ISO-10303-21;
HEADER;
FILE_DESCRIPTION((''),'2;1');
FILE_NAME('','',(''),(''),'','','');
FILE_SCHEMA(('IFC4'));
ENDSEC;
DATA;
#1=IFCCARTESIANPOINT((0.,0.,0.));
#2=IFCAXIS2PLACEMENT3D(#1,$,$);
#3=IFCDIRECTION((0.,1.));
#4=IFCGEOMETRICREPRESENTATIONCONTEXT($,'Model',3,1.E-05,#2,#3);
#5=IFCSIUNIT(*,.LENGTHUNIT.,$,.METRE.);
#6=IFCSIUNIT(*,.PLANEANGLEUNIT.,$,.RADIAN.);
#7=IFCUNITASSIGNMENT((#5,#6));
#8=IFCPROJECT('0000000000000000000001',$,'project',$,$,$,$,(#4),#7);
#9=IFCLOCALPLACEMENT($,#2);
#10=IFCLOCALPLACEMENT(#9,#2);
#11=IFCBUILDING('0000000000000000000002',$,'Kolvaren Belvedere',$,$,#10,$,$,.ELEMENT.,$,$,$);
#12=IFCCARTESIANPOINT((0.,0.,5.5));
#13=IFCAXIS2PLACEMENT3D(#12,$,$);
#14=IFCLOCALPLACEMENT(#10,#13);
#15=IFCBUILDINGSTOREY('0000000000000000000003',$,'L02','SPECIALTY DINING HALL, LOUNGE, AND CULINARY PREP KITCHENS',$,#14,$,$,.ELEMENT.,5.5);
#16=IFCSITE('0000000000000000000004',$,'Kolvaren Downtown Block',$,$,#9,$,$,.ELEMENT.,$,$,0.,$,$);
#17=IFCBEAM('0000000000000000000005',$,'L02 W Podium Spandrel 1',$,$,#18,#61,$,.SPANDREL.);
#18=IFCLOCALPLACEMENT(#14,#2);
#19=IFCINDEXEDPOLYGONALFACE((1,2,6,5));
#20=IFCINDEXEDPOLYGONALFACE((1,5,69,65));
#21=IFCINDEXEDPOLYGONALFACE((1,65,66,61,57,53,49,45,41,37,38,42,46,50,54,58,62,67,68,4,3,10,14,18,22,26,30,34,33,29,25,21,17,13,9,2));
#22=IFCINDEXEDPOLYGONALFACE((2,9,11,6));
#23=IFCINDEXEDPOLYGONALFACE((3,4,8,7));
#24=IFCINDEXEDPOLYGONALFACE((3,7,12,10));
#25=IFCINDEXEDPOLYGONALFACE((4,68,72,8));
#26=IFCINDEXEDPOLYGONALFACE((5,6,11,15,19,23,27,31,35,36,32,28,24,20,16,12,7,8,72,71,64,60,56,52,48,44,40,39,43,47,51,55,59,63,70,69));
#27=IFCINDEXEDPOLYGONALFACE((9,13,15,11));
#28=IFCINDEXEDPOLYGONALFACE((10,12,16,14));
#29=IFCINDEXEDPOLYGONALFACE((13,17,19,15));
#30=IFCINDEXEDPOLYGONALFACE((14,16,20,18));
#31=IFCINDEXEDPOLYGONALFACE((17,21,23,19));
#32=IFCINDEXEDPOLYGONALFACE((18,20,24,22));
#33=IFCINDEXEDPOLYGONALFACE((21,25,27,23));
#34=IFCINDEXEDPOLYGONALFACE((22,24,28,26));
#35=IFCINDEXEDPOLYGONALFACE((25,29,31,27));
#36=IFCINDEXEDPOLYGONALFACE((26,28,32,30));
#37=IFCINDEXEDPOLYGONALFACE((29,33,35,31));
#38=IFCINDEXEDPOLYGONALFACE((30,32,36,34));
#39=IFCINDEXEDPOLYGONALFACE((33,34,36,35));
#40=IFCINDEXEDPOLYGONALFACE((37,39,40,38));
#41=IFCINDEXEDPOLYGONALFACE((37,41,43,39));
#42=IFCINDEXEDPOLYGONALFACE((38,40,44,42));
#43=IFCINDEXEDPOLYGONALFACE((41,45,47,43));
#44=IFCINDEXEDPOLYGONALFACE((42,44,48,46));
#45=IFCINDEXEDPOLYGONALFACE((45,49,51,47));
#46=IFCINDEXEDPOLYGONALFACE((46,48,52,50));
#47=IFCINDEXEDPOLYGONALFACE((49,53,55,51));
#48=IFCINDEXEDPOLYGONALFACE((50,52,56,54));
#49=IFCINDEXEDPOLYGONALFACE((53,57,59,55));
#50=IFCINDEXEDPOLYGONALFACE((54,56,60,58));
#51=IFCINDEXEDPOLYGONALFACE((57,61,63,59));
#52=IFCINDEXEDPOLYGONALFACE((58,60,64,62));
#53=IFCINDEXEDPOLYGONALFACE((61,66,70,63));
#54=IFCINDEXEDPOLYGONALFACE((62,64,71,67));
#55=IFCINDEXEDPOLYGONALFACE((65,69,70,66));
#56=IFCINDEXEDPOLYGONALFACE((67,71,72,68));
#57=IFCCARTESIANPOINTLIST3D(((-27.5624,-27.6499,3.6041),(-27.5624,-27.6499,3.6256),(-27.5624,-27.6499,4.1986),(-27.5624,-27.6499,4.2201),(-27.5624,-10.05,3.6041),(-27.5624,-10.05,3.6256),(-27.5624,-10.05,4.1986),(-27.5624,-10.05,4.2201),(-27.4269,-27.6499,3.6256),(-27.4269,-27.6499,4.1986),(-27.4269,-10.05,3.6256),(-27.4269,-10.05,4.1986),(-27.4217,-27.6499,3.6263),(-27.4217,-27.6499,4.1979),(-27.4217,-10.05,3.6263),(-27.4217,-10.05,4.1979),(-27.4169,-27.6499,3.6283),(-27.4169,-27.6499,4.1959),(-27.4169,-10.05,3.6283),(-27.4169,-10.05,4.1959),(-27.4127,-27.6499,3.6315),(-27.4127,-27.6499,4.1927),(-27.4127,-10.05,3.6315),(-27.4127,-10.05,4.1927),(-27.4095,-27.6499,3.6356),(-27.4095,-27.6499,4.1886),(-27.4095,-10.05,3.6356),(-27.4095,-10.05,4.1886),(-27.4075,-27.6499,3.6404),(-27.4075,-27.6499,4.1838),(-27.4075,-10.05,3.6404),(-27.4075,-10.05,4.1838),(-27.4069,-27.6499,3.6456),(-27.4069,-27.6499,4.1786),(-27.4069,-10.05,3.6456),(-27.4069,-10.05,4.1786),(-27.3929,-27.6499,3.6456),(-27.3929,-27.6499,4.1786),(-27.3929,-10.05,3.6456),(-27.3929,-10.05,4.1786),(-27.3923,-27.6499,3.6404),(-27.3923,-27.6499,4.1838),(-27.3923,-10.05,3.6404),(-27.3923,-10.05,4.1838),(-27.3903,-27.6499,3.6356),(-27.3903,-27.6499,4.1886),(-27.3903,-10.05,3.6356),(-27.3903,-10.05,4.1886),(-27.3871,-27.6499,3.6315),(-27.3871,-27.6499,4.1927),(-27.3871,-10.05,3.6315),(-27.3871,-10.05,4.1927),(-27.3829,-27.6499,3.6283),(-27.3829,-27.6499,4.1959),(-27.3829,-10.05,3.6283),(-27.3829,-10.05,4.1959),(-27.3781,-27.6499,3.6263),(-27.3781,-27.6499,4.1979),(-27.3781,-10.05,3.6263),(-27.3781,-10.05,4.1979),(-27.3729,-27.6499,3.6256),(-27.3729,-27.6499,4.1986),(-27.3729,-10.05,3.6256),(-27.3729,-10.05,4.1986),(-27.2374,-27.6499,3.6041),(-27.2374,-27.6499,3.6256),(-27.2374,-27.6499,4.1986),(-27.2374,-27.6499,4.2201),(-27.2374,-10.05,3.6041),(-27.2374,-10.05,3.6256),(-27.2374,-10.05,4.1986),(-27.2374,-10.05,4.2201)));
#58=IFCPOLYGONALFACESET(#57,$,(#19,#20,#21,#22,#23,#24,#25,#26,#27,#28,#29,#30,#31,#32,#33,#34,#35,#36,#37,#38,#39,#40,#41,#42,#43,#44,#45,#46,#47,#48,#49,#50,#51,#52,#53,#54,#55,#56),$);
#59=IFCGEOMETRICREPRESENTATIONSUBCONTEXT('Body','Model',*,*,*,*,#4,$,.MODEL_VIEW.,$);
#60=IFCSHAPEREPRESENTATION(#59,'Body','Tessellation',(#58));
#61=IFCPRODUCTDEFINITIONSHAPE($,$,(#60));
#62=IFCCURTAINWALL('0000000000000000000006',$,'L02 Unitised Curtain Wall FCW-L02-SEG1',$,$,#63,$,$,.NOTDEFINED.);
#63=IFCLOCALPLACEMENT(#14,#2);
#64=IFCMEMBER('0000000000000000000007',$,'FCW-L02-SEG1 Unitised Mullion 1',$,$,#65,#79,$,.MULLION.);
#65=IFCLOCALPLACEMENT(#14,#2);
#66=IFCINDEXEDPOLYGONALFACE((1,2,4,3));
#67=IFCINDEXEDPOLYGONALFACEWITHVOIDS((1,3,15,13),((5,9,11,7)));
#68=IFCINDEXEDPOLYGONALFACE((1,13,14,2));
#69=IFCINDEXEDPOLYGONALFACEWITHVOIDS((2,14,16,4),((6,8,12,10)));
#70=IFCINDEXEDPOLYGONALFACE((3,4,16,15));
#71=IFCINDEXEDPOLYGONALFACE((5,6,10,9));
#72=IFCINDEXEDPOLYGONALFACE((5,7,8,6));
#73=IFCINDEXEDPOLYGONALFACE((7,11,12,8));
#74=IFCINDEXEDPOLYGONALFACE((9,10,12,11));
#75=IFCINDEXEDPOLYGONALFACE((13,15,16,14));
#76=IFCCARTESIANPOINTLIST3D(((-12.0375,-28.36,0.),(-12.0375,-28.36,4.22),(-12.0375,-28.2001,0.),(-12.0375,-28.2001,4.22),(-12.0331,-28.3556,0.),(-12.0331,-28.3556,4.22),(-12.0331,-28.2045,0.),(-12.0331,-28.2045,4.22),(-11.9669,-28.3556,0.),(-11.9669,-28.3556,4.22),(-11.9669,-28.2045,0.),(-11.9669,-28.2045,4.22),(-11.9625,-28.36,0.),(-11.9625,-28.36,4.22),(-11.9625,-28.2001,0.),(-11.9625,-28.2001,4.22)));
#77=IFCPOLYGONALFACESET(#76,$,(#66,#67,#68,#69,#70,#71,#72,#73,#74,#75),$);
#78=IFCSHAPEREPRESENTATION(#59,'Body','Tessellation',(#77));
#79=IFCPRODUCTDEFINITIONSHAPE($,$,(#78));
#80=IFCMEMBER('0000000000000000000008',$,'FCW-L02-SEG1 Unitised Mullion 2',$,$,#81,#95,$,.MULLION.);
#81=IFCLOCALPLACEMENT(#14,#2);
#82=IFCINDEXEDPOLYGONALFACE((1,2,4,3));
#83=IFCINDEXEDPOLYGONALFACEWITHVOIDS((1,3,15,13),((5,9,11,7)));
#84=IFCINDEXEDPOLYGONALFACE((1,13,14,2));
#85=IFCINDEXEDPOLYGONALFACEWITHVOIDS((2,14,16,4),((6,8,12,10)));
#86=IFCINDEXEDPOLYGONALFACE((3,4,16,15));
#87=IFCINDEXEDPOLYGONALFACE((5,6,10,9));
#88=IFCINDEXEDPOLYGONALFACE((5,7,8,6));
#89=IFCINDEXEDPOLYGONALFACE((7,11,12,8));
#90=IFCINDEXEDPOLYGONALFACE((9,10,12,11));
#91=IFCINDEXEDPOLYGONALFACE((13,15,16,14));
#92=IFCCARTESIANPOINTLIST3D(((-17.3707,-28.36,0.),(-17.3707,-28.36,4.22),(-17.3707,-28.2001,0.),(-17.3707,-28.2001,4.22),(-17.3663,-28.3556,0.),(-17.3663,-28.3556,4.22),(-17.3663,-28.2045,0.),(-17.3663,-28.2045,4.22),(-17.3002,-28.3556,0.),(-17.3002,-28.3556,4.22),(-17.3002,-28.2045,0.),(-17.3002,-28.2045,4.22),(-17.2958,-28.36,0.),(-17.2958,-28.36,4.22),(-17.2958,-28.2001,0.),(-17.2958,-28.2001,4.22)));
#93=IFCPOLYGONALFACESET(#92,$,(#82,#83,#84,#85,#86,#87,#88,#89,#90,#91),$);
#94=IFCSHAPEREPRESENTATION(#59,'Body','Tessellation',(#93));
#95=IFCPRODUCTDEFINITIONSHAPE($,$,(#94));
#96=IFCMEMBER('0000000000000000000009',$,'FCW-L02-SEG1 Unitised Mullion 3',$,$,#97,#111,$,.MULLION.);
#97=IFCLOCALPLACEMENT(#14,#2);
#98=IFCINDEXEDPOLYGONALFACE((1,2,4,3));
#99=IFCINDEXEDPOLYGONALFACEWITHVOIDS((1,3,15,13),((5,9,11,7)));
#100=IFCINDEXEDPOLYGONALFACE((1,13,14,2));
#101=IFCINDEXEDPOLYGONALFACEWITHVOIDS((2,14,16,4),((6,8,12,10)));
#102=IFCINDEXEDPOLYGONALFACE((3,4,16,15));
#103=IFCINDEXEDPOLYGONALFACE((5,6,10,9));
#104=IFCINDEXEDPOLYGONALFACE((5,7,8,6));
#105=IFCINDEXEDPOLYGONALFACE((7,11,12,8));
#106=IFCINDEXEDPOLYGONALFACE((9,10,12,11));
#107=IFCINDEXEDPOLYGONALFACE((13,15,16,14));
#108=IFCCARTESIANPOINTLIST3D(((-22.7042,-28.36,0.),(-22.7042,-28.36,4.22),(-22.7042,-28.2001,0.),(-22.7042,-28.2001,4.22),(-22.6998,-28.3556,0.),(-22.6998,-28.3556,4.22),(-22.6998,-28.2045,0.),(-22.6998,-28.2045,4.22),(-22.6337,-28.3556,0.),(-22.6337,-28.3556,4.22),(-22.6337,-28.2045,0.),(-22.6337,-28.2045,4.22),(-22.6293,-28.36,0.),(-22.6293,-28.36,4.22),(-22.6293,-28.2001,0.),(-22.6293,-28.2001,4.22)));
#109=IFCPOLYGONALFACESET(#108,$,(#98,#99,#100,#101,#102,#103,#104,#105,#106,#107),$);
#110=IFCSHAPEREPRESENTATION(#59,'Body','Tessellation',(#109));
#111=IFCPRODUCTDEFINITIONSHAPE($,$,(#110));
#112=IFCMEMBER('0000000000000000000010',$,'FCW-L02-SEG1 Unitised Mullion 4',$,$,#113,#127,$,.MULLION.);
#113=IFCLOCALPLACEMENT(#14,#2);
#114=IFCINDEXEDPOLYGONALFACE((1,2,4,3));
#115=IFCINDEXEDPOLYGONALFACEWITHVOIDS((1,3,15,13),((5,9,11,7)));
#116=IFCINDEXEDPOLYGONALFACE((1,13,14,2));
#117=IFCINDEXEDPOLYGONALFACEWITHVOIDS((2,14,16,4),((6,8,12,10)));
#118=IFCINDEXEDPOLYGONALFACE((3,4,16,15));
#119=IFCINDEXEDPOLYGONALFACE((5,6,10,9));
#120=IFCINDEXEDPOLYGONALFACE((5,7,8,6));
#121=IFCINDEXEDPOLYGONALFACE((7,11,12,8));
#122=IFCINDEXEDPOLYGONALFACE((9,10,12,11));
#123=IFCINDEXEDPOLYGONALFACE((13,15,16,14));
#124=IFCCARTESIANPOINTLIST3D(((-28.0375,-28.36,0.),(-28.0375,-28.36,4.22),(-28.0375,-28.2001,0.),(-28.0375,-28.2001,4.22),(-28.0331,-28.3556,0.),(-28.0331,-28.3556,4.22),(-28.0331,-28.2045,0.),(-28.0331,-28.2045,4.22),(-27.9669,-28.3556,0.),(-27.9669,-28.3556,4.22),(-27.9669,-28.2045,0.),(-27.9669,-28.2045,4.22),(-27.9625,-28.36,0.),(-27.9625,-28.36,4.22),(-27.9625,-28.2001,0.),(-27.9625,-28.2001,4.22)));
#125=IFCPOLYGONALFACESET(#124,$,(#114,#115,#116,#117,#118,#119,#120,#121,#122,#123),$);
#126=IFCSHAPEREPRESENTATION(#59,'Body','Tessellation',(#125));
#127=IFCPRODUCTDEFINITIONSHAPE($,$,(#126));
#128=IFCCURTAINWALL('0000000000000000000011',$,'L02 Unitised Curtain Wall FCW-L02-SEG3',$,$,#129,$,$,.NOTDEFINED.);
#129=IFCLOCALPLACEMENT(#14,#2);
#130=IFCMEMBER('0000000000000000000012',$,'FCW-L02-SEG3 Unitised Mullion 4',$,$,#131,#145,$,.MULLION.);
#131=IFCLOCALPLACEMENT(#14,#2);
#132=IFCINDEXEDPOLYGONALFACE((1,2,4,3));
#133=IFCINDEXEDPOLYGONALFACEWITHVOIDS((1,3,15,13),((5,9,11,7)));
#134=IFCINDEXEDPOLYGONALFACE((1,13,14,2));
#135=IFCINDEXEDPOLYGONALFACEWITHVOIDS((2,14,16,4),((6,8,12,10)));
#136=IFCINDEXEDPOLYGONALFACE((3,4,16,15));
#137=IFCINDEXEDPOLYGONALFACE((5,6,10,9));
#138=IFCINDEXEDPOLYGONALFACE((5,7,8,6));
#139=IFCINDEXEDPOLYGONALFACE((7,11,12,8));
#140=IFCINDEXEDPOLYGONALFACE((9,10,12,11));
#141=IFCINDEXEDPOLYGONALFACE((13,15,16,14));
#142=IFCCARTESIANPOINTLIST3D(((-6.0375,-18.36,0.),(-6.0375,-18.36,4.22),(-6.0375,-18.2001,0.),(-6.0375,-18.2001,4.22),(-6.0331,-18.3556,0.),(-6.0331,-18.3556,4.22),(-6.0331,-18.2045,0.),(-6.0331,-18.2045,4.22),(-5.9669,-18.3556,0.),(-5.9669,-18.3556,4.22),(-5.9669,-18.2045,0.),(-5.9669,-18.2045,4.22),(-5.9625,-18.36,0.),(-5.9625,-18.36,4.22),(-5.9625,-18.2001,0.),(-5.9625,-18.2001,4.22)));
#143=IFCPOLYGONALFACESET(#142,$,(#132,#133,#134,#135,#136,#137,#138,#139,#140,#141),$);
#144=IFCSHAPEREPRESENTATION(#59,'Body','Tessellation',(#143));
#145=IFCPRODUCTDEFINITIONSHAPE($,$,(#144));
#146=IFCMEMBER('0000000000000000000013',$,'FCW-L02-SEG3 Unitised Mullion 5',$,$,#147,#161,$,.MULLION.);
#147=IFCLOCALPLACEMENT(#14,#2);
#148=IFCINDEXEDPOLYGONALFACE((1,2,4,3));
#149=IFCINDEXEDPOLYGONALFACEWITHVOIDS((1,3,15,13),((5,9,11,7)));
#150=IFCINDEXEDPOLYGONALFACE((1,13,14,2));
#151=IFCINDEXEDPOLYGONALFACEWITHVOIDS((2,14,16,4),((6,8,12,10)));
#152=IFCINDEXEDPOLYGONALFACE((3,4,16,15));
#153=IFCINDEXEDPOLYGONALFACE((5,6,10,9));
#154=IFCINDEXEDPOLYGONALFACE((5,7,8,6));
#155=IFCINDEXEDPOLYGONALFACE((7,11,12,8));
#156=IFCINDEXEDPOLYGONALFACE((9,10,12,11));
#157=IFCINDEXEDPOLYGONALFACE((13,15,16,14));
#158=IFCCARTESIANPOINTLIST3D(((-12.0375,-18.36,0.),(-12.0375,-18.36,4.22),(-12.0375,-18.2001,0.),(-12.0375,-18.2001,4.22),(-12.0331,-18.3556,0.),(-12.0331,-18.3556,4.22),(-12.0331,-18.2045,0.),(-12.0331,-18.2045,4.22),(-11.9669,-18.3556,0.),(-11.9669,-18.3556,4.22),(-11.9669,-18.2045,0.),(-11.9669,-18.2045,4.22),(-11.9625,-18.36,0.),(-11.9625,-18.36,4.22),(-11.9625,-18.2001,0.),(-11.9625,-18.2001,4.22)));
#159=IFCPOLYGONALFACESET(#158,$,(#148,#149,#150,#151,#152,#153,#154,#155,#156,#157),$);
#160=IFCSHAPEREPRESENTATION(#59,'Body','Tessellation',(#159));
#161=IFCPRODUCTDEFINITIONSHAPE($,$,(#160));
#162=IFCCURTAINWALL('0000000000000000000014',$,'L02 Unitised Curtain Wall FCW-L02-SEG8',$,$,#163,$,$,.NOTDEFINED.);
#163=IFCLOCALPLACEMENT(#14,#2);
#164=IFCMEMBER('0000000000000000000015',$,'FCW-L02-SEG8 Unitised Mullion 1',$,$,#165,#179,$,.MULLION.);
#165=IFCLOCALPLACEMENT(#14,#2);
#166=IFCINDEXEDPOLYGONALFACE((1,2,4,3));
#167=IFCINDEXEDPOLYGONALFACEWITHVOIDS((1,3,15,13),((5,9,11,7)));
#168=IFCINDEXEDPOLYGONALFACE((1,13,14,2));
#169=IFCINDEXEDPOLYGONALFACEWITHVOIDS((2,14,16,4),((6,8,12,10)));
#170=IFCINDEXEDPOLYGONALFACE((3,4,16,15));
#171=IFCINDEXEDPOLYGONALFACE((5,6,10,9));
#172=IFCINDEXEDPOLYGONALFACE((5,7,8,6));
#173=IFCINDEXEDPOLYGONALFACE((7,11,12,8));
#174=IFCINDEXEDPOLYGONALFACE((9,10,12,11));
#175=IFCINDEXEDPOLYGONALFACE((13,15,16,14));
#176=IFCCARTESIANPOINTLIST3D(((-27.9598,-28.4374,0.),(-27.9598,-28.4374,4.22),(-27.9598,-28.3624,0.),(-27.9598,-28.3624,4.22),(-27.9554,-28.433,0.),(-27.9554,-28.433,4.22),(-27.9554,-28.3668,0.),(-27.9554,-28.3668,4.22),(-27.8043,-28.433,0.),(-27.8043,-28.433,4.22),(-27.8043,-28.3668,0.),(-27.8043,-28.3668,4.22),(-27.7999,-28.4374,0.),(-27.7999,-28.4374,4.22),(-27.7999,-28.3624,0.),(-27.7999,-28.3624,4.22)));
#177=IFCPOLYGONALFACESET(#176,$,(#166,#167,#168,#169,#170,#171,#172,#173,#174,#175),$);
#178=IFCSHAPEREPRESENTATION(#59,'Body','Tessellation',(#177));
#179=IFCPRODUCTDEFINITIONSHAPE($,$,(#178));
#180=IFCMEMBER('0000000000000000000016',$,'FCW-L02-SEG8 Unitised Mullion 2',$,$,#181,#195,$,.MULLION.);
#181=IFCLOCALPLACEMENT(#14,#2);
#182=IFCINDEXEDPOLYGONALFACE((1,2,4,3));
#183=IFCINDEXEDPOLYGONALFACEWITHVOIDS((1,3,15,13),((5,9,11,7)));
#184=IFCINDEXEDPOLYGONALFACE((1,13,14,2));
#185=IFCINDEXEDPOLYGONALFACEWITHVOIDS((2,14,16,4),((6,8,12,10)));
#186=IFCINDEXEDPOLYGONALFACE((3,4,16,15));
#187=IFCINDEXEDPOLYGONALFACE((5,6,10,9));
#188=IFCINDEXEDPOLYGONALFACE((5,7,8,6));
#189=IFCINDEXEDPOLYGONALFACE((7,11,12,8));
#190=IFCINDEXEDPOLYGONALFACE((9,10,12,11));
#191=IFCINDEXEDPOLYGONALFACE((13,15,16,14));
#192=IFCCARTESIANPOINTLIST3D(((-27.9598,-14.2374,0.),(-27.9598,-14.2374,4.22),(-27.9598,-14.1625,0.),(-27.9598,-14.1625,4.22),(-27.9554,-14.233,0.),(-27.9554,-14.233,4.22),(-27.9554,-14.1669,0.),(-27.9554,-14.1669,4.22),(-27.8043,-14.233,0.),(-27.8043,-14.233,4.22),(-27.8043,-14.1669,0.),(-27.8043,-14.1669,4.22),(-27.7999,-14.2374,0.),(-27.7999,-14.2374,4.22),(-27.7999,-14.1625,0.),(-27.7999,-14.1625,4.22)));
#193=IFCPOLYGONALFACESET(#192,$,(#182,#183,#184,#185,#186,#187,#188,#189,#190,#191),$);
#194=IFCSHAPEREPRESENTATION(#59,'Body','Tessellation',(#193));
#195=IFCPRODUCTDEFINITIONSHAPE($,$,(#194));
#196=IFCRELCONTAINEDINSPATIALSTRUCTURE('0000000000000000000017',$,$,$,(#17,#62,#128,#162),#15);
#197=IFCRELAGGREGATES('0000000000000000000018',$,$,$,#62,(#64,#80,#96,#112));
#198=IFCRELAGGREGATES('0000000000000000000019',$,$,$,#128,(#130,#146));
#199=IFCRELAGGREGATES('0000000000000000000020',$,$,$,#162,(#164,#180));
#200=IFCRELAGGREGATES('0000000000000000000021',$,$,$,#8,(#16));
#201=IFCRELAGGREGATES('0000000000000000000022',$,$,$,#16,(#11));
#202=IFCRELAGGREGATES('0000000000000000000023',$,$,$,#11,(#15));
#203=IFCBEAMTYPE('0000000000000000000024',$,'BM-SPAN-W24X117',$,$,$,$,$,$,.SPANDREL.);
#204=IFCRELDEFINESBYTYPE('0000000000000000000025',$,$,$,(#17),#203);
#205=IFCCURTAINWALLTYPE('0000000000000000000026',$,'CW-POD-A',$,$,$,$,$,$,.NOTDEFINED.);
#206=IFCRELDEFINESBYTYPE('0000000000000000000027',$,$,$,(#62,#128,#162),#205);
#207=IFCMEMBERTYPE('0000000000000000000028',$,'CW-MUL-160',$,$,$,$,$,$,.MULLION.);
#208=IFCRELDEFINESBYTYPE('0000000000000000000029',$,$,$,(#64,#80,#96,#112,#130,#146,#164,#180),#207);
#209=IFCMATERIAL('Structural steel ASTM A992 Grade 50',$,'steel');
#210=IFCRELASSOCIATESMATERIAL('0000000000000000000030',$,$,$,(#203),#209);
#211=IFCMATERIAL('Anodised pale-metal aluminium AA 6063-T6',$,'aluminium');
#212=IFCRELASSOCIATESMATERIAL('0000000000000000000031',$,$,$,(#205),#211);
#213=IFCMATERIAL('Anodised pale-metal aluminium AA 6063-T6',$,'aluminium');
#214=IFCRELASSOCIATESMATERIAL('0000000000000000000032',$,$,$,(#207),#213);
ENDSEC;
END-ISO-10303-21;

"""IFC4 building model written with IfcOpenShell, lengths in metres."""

from ifc_helpers import new_model, si_unit, direction, frame, origin, origin_2d, place, context, subcontext, project, spatial, hollow_rectangle, i_section, extrude, material, material_profile, profile_set, type_object, element, aggregate, save


model = new_model("IFC4")

# Units and contexts
model_context = context("Model", 3, precision=1e-05, world=origin(), true_north=direction((0.0, 1.0)))
body_context = subcontext(model_context, "Body", "Model", "MODEL_VIEW")
ifc_project = project(units=[si_unit("LENGTHUNIT", "METRE"), si_unit("PLANEANGLEUNIT", "RADIAN")], contexts=[model_context])

# Site, building, storey
site_placement = place(None, origin())
site = spatial("IfcSite", under=ifc_project, at=site_placement, Name="Kolvaren Downtown Block", CompositionType="ELEMENT", RefElevation=0.0)
building_placement = place(site_placement, origin())
building = spatial("IfcBuilding", under=site, at=building_placement, Name="Kolvaren Belvedere", CompositionType="ELEMENT")
storey_placement = place(building_placement, frame((0.0, 0.0, 5.5)))
storey = spatial("IfcBuildingStorey", under=building, at=storey_placement, Name="L02", Description="SPECIALTY DINING HALL, LOUNGE, AND CULINARY PREP KITCHENS", CompositionType="ELEMENT", Elevation=5.5)

# Beam
ifc_material_1 = material(Name="Structural steel ASTM A992 Grade 50", Category="steel")
ifc_material_profile_1 = material_profile(ifc_material_1, i_section(OverallWidth=0.325, OverallDepth=0.616, WebThickness=0.0139, FlangeThickness=0.0215, FilletRadius=0.02, at=origin_2d()), Name="W24X117")
ifc_profile_set_1 = profile_set([ifc_material_profile_1], Name="Structural steel ASTM A992 Grade 50")
beam_type_1 = type_object("IfcBeamType", Name="BM-SPAN-W24X117", PredefinedType="SPANDREL", material=ifc_profile_set_1)
beam_1_placement = place(storey_placement, frame((-27.3999, -27.6499, 3.9121), z_axis=(0.0, 1.0, 0.0), x_axis=(-1.0, 0.0, 0.0)))
element("IfcBeam", 1, at=beam_1_placement, inside=storey, type_object=beam_type_1, Name="L02 W Podium Spandrel 1", PredefinedType="SPANDREL", context=body_context, shape_type="SweptSolid", body=[
    extrude(i_section(OverallWidth=0.325, OverallDepth=0.616, WebThickness=0.0139, FlangeThickness=0.0215, FilletRadius=0.02, at=origin_2d()), origin(), (0.0, 0.0, 1.0), 17.5999),
])

# Curtain walls, members
ifc_material_2 = material(Name="Anodised pale-metal aluminium AA 6063-T6", Category="aluminium")
curtain_wall_type = type_object("IfcCurtainWallType", Name="CW-POD-A", PredefinedType="NOTDEFINED", material=ifc_material_2)
curtain_wall_1_placement = place(storey_placement, origin())
curtain_wall_1 = element("IfcCurtainWall", 2, at=curtain_wall_1_placement, inside=storey, type_object=curtain_wall_type, Name="L02 Unitised Curtain Wall FCW-L02-SEG1", PredefinedType="NOTDEFINED")
ifc_material_3 = material(Name="Anodised pale-metal aluminium AA 6063-T6", Category="aluminium")
ifc_material_profile_2 = material_profile(ifc_material_3, hollow_rectangle(XDim=0.075, YDim=0.1599, WallThickness=0.0044, at=origin_2d()), Name="ALU-MUL-160X75")
ifc_profile_set_2 = profile_set([ifc_material_profile_2], Name="Anodised pale-metal aluminium AA 6063-T6")
member_type_1 = type_object("IfcMemberType", Name="CW-MUL-160", PredefinedType="MULLION", material=ifc_profile_set_2)
member_1_placement = place(storey_placement, frame((-12.0, -28.28, 0.0), z_axis=(0.0, 0.0, 1.0), x_axis=(1.0, 0.0, 0.0)))
member_1 = element("IfcMember", 3, at=member_1_placement, type_object=member_type_1, Name="FCW-L02-SEG1 Unitised Mullion 1", PredefinedType="MULLION", context=body_context, shape_type="SweptSolid", body=[
    extrude(hollow_rectangle(XDim=0.075, YDim=0.1599, WallThickness=0.0044, at=origin_2d()), origin(), (0.0, 0.0, 1.0), 4.22),
])
member_2_placement = place(storey_placement, frame((-17.3333, -28.28, 0.0), z_axis=(0.0, 0.0, 1.0), x_axis=(1.0, 0.0, 0.0)))
member_2 = element("IfcMember", 4, at=member_2_placement, type_object=member_type_1, Name="FCW-L02-SEG1 Unitised Mullion 2", PredefinedType="MULLION", context=body_context, shape_type="SweptSolid", body=[
    extrude(hollow_rectangle(XDim=0.075, YDim=0.1599, WallThickness=0.0044, at=origin_2d()), origin(), (0.0, 0.0, 1.0), 4.22),
])
member_3_placement = place(storey_placement, frame((-22.6667, -28.28, 0.0), z_axis=(0.0, 0.0, 1.0), x_axis=(1.0, 0.0, 0.0)))
member_3 = element("IfcMember", 5, at=member_3_placement, type_object=member_type_1, Name="FCW-L02-SEG1 Unitised Mullion 3", PredefinedType="MULLION", context=body_context, shape_type="SweptSolid", body=[
    extrude(hollow_rectangle(XDim=0.075, YDim=0.1599, WallThickness=0.0044, at=origin_2d()), origin(), (0.0, 0.0, 1.0), 4.22),
])
member_4_placement = place(storey_placement, frame((-28.0, -28.28, 0.0), z_axis=(0.0, 0.0, 1.0), x_axis=(1.0, 0.0, 0.0)))
member_4 = element("IfcMember", 6, at=member_4_placement, type_object=member_type_1, Name="FCW-L02-SEG1 Unitised Mullion 4", PredefinedType="MULLION", context=body_context, shape_type="SweptSolid", body=[
    extrude(hollow_rectangle(XDim=0.075, YDim=0.1599, WallThickness=0.0044, at=origin_2d()), origin(), (0.0, 0.0, 1.0), 4.22),
])
curtain_wall_2_placement = place(storey_placement, origin())
curtain_wall_2 = element("IfcCurtainWall", 7, at=curtain_wall_2_placement, inside=storey, type_object=curtain_wall_type, Name="L02 Unitised Curtain Wall FCW-L02-SEG3", PredefinedType="NOTDEFINED")
member_5_placement = place(storey_placement, frame((-6.0, -18.28, 0.0), z_axis=(0.0, 0.0, 1.0), x_axis=(1.0, 0.0, 0.0)))
member_5 = element("IfcMember", 8, at=member_5_placement, type_object=member_type_1, Name="FCW-L02-SEG3 Unitised Mullion 4", PredefinedType="MULLION", context=body_context, shape_type="SweptSolid", body=[
    extrude(hollow_rectangle(XDim=0.075, YDim=0.1599, WallThickness=0.0044, at=origin_2d()), origin(), (0.0, 0.0, 1.0), 4.22),
])
member_6_placement = place(storey_placement, frame((-12.0, -18.28, 0.0), z_axis=(0.0, 0.0, 1.0), x_axis=(1.0, 0.0, 0.0)))
member_6 = element("IfcMember", 9, at=member_6_placement, type_object=member_type_1, Name="FCW-L02-SEG3 Unitised Mullion 5", PredefinedType="MULLION", context=body_context, shape_type="SweptSolid", body=[
    extrude(hollow_rectangle(XDim=0.075, YDim=0.1599, WallThickness=0.0044, at=origin_2d()), origin(), (0.0, 0.0, 1.0), 4.22),
])
curtain_wall_3_placement = place(storey_placement, origin())
curtain_wall_3 = element("IfcCurtainWall", 10, at=curtain_wall_3_placement, inside=storey, type_object=curtain_wall_type, Name="L02 Unitised Curtain Wall FCW-L02-SEG8", PredefinedType="NOTDEFINED")
member_7_placement = place(storey_placement, frame((-27.8799, -28.3999, 0.0), z_axis=(0.0, 0.0, 1.0), x_axis=(0.0, 1.0, 0.0)))
member_7 = element("IfcMember", 11, at=member_7_placement, type_object=member_type_1, Name="FCW-L02-SEG8 Unitised Mullion 1", PredefinedType="MULLION", context=body_context, shape_type="SweptSolid", body=[
    extrude(hollow_rectangle(XDim=0.075, YDim=0.1599, WallThickness=0.0044, at=origin_2d()), origin(), (0.0, 0.0, 1.0), 4.22),
])
member_8_placement = place(storey_placement, frame((-27.8799, -14.2, 0.0), z_axis=(0.0, 0.0, 1.0), x_axis=(0.0, 1.0, 0.0)))
member_8 = element("IfcMember", 12, at=member_8_placement, type_object=member_type_1, Name="FCW-L02-SEG8 Unitised Mullion 2", PredefinedType="MULLION", context=body_context, shape_type="SweptSolid", body=[
    extrude(hollow_rectangle(XDim=0.075, YDim=0.1599, WallThickness=0.0044, at=origin_2d()), origin(), (0.0, 0.0, 1.0), 4.22),
])

aggregate(curtain_wall_1, [member_1, member_2, member_3, member_4])
aggregate(curtain_wall_2, [member_5, member_6])
aggregate(curtain_wall_3, [member_7, member_8])

save(model, "model.ifc")
